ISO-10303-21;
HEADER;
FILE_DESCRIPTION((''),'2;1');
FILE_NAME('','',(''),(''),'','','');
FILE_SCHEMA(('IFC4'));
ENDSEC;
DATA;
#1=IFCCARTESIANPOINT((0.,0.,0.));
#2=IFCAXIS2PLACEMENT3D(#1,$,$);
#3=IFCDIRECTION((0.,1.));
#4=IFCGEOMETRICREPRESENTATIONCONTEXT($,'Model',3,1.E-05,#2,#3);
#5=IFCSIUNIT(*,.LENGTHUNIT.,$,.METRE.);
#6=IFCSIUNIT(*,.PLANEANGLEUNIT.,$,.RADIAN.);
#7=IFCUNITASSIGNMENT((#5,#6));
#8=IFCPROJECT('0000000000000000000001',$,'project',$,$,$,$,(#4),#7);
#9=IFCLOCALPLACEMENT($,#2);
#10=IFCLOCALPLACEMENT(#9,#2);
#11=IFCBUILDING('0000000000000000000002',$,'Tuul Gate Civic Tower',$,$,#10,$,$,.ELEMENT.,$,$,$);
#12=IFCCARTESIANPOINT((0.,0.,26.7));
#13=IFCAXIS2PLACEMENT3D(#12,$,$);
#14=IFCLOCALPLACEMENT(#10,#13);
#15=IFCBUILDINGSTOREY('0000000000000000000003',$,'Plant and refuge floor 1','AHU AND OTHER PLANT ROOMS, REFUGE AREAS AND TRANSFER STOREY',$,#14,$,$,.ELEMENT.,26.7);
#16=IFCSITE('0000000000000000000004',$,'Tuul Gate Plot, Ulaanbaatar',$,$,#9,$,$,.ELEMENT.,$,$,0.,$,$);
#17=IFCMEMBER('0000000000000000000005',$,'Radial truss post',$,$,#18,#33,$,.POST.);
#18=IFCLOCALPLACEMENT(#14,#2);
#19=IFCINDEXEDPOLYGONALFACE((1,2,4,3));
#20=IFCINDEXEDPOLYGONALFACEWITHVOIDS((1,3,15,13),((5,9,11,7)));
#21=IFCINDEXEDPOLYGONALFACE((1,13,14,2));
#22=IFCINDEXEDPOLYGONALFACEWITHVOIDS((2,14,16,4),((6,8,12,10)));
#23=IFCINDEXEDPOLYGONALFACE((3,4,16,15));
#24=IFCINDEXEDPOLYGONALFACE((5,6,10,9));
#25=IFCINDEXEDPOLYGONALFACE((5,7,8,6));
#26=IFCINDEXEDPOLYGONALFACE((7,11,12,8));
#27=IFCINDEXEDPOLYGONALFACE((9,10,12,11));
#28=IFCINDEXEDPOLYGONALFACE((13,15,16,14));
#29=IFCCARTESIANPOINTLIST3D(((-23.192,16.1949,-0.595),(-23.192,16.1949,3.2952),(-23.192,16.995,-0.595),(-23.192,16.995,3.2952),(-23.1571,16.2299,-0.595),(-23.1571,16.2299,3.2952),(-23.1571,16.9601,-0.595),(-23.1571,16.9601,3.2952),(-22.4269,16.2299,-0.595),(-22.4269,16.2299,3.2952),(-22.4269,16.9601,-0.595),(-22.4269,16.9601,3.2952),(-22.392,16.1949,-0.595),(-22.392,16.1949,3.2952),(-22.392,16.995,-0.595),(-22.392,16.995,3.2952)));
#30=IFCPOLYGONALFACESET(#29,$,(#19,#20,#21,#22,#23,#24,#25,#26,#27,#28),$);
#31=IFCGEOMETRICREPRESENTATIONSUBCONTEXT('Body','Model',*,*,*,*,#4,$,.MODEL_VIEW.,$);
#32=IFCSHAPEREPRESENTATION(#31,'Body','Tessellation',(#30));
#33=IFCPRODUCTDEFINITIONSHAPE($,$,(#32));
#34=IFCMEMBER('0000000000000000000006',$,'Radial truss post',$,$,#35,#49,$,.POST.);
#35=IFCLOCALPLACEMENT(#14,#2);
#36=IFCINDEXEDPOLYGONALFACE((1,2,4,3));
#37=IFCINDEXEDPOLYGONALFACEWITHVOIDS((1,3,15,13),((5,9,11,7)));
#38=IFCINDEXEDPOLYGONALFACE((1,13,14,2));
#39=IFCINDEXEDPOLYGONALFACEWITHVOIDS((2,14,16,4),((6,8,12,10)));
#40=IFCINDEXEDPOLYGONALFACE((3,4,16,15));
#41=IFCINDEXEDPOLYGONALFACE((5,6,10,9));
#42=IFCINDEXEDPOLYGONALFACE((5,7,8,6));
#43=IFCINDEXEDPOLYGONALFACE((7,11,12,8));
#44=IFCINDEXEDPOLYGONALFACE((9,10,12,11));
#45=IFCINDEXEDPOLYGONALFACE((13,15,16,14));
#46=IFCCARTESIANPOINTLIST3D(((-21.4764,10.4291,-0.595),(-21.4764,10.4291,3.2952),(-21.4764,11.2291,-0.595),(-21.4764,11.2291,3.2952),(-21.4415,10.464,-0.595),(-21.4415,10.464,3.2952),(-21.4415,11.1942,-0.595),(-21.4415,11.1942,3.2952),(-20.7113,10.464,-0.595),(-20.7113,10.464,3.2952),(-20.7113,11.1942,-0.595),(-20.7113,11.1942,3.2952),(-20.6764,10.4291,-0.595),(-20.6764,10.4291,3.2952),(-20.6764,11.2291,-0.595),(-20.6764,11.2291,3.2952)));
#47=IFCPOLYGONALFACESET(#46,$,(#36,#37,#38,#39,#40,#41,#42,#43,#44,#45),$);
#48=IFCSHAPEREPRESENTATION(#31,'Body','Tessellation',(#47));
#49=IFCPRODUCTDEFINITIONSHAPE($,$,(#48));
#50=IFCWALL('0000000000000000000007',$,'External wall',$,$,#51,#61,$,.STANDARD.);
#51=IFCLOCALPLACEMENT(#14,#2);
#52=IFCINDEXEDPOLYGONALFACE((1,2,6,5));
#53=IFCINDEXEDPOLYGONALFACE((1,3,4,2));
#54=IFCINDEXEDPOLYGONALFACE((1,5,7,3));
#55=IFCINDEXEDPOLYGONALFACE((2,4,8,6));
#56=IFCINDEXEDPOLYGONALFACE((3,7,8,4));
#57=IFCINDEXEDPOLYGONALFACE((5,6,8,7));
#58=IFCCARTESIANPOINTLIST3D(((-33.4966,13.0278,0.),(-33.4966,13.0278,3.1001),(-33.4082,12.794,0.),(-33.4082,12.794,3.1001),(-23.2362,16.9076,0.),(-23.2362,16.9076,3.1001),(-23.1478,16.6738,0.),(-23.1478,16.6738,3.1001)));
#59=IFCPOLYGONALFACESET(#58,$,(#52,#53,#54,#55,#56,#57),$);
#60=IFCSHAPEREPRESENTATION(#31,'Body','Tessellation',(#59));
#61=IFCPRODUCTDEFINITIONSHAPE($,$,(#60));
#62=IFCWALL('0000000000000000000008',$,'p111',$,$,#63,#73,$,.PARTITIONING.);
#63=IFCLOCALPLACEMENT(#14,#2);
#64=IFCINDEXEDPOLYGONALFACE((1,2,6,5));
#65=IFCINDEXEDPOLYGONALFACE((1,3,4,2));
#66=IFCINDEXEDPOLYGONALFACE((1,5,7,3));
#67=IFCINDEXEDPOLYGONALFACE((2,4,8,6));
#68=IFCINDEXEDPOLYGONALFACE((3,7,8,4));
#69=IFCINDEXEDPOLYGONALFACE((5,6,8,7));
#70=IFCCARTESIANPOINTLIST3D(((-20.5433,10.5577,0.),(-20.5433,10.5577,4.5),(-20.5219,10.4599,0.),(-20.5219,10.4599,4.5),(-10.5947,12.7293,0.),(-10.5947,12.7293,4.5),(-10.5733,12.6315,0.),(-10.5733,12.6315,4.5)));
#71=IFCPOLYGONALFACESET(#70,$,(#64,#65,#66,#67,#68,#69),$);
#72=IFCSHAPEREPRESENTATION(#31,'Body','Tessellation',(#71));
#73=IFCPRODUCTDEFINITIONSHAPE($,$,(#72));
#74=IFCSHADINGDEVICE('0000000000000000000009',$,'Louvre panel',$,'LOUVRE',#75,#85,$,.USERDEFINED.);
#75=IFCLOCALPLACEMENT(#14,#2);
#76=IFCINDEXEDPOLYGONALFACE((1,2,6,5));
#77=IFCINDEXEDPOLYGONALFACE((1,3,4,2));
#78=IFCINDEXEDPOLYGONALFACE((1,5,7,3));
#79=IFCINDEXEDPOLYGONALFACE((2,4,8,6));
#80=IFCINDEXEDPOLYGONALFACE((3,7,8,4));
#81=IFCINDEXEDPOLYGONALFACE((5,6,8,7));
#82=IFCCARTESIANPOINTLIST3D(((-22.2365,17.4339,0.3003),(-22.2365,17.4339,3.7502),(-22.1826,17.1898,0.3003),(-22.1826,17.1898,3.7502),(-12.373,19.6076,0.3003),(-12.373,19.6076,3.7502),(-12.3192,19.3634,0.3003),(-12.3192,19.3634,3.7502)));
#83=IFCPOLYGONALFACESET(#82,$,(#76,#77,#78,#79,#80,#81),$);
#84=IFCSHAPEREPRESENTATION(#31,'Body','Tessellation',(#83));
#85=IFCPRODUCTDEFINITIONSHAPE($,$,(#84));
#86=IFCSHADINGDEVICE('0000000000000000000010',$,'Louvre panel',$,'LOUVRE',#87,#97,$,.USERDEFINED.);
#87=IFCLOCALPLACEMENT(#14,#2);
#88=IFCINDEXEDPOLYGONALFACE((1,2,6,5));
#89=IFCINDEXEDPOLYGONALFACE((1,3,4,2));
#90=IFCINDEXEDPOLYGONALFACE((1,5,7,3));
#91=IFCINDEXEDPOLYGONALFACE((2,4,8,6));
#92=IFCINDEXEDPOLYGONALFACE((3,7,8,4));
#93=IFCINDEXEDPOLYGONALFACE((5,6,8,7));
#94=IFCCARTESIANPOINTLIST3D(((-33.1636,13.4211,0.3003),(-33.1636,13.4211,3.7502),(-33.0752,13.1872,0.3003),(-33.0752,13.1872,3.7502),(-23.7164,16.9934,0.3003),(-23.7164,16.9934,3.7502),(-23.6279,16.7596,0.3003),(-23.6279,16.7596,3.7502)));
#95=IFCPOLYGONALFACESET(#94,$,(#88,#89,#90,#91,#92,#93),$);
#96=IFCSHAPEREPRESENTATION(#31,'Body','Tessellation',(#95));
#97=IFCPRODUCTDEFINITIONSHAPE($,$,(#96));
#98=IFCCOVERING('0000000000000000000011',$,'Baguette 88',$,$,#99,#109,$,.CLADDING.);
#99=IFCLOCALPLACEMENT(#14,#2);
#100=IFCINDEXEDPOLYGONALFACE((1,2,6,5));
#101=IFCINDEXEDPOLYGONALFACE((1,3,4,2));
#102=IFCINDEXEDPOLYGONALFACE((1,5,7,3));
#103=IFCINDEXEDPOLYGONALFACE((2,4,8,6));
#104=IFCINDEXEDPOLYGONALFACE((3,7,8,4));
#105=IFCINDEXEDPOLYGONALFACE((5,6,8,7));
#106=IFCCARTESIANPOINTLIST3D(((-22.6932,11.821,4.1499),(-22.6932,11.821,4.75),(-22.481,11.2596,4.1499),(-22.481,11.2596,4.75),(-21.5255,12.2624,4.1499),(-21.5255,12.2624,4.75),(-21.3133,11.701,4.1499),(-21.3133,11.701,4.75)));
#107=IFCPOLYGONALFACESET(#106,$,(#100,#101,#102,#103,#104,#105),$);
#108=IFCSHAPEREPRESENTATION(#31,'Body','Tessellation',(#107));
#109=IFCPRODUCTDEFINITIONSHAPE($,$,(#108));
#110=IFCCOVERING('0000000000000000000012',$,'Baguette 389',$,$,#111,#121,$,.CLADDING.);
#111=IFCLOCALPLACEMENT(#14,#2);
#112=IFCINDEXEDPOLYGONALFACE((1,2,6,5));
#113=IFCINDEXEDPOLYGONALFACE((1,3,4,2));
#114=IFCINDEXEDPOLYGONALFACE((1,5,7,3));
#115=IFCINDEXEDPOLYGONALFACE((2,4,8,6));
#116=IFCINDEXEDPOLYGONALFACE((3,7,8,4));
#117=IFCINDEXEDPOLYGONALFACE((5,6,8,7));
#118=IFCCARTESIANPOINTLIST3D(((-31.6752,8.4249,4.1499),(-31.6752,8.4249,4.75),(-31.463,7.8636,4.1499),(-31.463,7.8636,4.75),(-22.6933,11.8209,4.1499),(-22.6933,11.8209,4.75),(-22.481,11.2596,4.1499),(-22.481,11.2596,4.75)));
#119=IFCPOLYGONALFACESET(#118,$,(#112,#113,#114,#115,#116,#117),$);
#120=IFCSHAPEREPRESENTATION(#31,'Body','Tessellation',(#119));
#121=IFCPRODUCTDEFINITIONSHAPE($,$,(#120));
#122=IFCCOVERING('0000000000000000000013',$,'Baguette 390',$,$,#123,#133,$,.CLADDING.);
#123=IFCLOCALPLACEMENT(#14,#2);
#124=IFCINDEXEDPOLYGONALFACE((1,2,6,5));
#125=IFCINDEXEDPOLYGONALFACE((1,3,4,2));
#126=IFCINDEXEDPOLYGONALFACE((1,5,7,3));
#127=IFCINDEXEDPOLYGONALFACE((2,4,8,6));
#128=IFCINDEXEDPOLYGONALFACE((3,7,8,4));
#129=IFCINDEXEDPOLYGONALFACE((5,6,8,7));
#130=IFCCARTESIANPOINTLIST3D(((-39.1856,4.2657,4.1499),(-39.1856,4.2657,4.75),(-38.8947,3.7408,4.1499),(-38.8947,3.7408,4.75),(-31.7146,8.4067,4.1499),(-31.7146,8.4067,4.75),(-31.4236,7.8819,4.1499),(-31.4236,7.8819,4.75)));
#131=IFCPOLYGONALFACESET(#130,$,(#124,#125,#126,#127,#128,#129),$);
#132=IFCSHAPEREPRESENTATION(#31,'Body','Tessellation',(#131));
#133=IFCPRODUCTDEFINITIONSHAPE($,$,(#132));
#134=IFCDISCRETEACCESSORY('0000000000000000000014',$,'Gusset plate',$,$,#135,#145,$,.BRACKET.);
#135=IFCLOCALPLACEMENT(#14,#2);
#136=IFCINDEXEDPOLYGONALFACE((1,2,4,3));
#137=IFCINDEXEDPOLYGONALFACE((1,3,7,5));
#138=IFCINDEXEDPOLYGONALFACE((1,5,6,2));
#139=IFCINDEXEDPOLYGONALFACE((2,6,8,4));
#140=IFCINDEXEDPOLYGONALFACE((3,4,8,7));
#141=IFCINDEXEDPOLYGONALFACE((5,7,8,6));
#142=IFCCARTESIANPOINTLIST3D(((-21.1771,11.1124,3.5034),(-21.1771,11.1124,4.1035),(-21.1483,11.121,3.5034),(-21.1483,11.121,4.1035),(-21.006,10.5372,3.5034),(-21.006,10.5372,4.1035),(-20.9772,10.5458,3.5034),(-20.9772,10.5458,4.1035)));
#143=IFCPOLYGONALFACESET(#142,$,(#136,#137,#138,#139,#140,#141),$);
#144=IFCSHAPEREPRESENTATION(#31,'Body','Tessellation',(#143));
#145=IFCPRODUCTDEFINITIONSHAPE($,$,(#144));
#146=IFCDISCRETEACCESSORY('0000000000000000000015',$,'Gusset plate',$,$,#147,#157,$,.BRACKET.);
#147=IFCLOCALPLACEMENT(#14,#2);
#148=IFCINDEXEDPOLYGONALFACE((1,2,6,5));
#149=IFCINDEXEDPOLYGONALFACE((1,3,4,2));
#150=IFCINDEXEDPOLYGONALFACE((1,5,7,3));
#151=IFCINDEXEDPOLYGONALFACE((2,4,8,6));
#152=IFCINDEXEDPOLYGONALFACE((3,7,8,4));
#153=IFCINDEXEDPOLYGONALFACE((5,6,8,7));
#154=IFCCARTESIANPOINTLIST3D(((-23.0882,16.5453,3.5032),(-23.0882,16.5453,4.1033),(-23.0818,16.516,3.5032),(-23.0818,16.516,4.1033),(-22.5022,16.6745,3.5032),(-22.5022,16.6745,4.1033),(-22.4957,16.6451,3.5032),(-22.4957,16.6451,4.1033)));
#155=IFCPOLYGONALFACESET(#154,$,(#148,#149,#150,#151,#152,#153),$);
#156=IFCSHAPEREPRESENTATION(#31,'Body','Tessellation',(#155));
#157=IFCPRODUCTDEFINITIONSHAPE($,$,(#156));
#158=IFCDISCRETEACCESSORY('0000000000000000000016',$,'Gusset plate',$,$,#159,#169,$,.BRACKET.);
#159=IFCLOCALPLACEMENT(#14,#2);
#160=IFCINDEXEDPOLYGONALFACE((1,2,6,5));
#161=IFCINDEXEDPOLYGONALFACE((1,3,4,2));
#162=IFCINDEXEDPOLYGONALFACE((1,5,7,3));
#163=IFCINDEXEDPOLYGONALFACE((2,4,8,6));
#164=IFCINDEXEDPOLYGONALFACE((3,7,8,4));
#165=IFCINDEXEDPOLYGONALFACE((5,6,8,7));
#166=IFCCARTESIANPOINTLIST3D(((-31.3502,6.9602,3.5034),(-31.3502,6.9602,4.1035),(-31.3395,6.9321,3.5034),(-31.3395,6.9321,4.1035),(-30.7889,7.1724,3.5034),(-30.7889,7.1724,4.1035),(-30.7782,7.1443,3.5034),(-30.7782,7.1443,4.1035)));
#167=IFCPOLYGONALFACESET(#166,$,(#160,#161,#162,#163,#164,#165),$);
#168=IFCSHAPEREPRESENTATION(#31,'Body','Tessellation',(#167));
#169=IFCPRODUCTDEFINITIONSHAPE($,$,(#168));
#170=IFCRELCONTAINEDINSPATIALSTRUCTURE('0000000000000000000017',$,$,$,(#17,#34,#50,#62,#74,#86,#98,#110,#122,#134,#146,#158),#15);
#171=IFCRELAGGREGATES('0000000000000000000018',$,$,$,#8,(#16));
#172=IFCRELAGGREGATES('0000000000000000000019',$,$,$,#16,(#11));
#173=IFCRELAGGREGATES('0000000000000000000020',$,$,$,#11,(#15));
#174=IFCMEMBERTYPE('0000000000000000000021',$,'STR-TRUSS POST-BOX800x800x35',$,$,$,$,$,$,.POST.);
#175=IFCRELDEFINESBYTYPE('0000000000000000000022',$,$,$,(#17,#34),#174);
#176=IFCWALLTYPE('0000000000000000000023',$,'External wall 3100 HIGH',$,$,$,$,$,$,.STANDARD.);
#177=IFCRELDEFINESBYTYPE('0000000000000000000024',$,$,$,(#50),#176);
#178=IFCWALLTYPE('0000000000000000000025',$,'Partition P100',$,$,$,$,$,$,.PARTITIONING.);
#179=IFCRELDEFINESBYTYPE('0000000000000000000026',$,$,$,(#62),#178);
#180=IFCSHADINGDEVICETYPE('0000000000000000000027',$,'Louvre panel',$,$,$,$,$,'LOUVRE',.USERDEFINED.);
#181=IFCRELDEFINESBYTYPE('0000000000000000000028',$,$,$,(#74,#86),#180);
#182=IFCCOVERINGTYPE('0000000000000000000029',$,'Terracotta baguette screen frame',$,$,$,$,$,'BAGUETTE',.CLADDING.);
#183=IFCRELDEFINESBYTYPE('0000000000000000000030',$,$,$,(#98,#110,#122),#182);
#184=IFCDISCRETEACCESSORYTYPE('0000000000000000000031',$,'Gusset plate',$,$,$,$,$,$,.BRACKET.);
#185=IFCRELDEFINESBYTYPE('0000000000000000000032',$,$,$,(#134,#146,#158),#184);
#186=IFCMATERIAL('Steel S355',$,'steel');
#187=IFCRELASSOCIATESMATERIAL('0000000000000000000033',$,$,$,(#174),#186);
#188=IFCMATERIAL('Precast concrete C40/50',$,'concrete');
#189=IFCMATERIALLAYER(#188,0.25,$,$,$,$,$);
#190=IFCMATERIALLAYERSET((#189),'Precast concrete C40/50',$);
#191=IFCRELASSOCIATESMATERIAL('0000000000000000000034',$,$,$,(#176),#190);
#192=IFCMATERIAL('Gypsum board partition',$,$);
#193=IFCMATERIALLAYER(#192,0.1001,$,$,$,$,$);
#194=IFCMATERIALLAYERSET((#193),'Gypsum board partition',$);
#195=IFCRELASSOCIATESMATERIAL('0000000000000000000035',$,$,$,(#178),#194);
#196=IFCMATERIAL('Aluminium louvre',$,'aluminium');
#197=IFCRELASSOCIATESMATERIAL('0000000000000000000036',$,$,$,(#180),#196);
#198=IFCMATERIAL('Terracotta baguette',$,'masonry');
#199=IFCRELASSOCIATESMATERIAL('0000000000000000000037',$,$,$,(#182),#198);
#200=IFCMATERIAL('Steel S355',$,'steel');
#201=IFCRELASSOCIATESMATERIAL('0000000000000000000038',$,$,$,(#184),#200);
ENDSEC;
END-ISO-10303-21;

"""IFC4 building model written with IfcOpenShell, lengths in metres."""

from ifc_helpers import new_model, si_unit, direction, frame, frame_2d, origin, origin_2d, place, context, subcontext, project, spatial, rectangle, hollow_rectangle, extrude, material, layer, layer_set, material_profile, profile_set, type_object, element, save


model = new_model("IFC4")

# Units and contexts
model_context = context("Model", 3, precision=1e-05, world=origin(), true_north=direction((0.0, 1.0)))
body_context = subcontext(model_context, "Body", "Model", "MODEL_VIEW")
ifc_project = project(units=[si_unit("LENGTHUNIT", "METRE"), si_unit("PLANEANGLEUNIT", "RADIAN")], contexts=[model_context])

# Site, building, storey
site_placement = place(None, origin())
site = spatial("IfcSite", under=ifc_project, at=site_placement, Name="Tuul Gate Plot, Ulaanbaatar", CompositionType="ELEMENT", RefElevation=0.0)
building_placement = place(site_placement, origin())
building = spatial("IfcBuilding", under=site, at=building_placement, Name="Tuul Gate Civic Tower", CompositionType="ELEMENT")
storey_placement = place(building_placement, frame((0.0, 0.0, 26.7)))
storey = spatial("IfcBuildingStorey", under=building, at=storey_placement, Name="Plant and refuge floor 1", Description="AHU AND OTHER PLANT ROOMS, REFUGE AREAS AND TRANSFER STOREY", CompositionType="ELEMENT", Elevation=26.7)

# Members
ifc_material_1 = material(Name="Steel S355", Category="steel")
ifc_material_profile_1 = material_profile(ifc_material_1, hollow_rectangle(XDim=0.8, YDim=0.8, WallThickness=0.0349, at=origin_2d()), Name="BOX800x800x35")
ifc_profile_set_1 = profile_set([ifc_material_profile_1], Name="Steel S355")
member_type_1 = type_object("IfcMemberType", Name="STR-TRUSS POST-BOX800x800x35", PredefinedType="POST", material=ifc_profile_set_1)
for number, where, z_axis, x_axis, name in (
    (1, (-22.792, 16.595, -0.595), (0.0, 0.0, 1.0), (1.0, 0.0, 0.0), "Radial truss post"),
    (2, (-21.0764, 10.8291, -0.595), (0.0, 0.0, 1.0), (1.0, 0.0, 0.0), "Radial truss post"),
):
    element("IfcMember", number, at=place(storey_placement, frame(where, z_axis=z_axis, x_axis=x_axis)), inside=storey, type_object=member_type_1, Name=name, PredefinedType="POST", context=body_context, shape_type="SweptSolid", body=[
        extrude(hollow_rectangle(XDim=0.8, YDim=0.8, WallThickness=0.0349, at=origin_2d()), origin(), (0.0, 0.0, 1.0), 3.8901),
    ])

# Walls
ifc_material_2 = material(Name="Precast concrete C40/50", Category="concrete")
ifc_layer_1 = layer(ifc_material_2, 0.25)
ifc_layer_set_1 = layer_set([ifc_layer_1], Name="Precast concrete C40/50")
wall_type_1 = type_object("IfcWallType", Name="External wall 3100 HIGH", PredefinedType="STANDARD", material=ifc_layer_set_1)
wall_1_placement = place(storey_placement, frame((-23.1919, 16.7908, 0.0), z_axis=(0.0, 0.0, 1.0), x_axis=(-0.935361, -0.353695, 0.0)))
element("IfcWall", 3, at=wall_1_placement, inside=storey, type_object=wall_type_1, Name="External wall", PredefinedType="STANDARD", context=body_context, shape_type="SweptSolid", body=[
    extrude(rectangle(XDim=10.9695, YDim=0.25, at=frame_2d((5.4849, 0.0))), origin(), (0.0, 0.0, 1.0), 3.1001),
])
ifc_material_3 = material(Name="Gypsum board partition")
ifc_layer_2 = layer(ifc_material_3, 0.1001)
ifc_layer_set_2 = layer_set([ifc_layer_2], Name="Gypsum board partition")
wall_type_2 = type_object("IfcWallType", Name="Partition P100", PredefinedType="PARTITIONING", material=ifc_layer_set_2)
wall_2_placement = place(storey_placement, frame((-20.5325, 10.5088, 0.0), z_axis=(0.0, 0.0, 1.0), x_axis=(0.976994, 0.213266, 0.0)))
element("IfcWall", 4, at=wall_2_placement, inside=storey, type_object=wall_type_2, Name="p111", PredefinedType="PARTITIONING", context=body_context, shape_type="SweptSolid", body=[
    extrude(rectangle(XDim=10.1829, YDim=0.1001, at=frame_2d((5.0913, 0.0))), origin(), (0.0, 0.0, 1.0), 4.5),
])

# Shading devices
ifc_material_4 = material(Name="Aluminium louvre", Category="aluminium")
shading_device_type = type_object("IfcShadingDeviceType", Name="Louvre panel", ElementType="LOUVRE", PredefinedType="USERDEFINED", material=ifc_material_4)
for number, where, z_axis, x_axis, name in (
    (5, (-17.2778, 18.3987, 0.3003), (0.0, 0.0, 1.0), (-0.215207, 0.976569, 0.0), "Louvre panel"),
    (6, (-28.3958, 15.0903, 0.3003), (0.0, 0.0, 1.0), (-0.353699, 0.935359, 0.0), "Louvre panel"),
):
    element("IfcShadingDevice", number, at=place(storey_placement, frame(where, z_axis=z_axis, x_axis=x_axis)), inside=storey, type_object=shading_device_type, Name=name, ObjectType="LOUVRE", PredefinedType="USERDEFINED", context=body_context, shape_type="SweptSolid", body=[
        extrude(rectangle(XDim=0.25, YDim=10.1001, at=origin_2d()), origin(), (0.0, 0.0, 1.0), 3.45),
    ])

# Coverings
ifc_material_5 = material(Name="Terracotta baguette", Category="masonry")
ifc_material_profile_2 = material_profile(ifc_material_5, rectangle(XDim=0.6001, YDim=0.6001, at=origin_2d()), Name="Terracotta baguette screen frame")
ifc_profile_set_2 = profile_set([ifc_material_profile_2], Name="Terracotta baguette")
covering_type = type_object("IfcCoveringType", Name="Terracotta baguette screen frame", ElementType="BAGUETTE", PredefinedType="CLADDING", material=ifc_profile_set_2)
covering_1_placement = place(storey_placement, frame((-21.4194, 11.9817, 4.45), z_axis=(-0.935402, -0.353587, 0.0), x_axis=(0.353587, -0.935402, 0.0)))
element("IfcCovering", 7, at=covering_1_placement, inside=storey, type_object=covering_type, Name="Baguette 88", PredefinedType="CLADDING", context=body_context, shape_type="SweptSolid", body=[
    extrude(rectangle(XDim=0.6001, YDim=0.6001, at=origin_2d()), origin(), (0.0, 0.0, 1.0), 1.2483),
])
covering_2_placement = place(storey_placement, frame((-22.5872, 11.5403, 4.45), z_axis=(-0.935375, -0.353658, 0.0), x_axis=(0.353658, -0.935375, 0.0)))
element("IfcCovering", 8, at=covering_2_placement, inside=storey, type_object=covering_type, Name="Baguette 389", PredefinedType="CLADDING", context=body_context, shape_type="SweptSolid", body=[
    extrude(rectangle(XDim=0.6001, YDim=0.6001, at=origin_2d()), origin(), (0.0, 0.0, 1.0), 9.6025),
])
covering_3_placement = place(storey_placement, frame((-31.5691, 8.1443, 4.45), z_axis=(-0.874631, -0.484789, 0.0), x_axis=(0.484789, -0.874631, 0.0)))
element("IfcCovering", 9, at=covering_3_placement, inside=storey, type_object=covering_type, Name="Baguette 390", PredefinedType="CLADDING", context=body_context, shape_type="SweptSolid", body=[
    extrude(rectangle(XDim=0.6001, YDim=0.6001, at=origin_2d()), origin(), (0.0, 0.0, 1.0), 8.542),
])

# Discrete accessories
ifc_material_6 = material(Name="Steel S355", Category="steel")
discrete_accessory_type = type_object("IfcDiscreteAccessoryType", Name="Gusset plate", PredefinedType="BRACKET", material=ifc_material_6)
for number, where, z_axis, x_axis, name in (
    (10, (-21.0771, 10.8291, 3.5034), (0.0, 0.0, 1.0), (-0.285196, 0.958469, 0.0), "Gusset plate"),
    (11, (-22.792, 16.5952, 3.5032), (0.0, 0.0, 1.0), (0.976567, 0.215215, 0.0), "Gusset plate"),
    (12, (-31.0642, 7.0522, 3.5034), (0.0, 0.0, 1.0), (0.935344, 0.353739, 0.0), "Gusset plate"),
):
    element("IfcDiscreteAccessory", number, at=place(storey_placement, frame(where, z_axis=z_axis, x_axis=x_axis)), inside=storey, type_object=discrete_accessory_type, Name=name, PredefinedType="BRACKET", context=body_context, shape_type="SweptSolid", body=[
        extrude(rectangle(XDim=0.6001, YDim=0.03, at=origin_2d()), origin(), (0.0, 0.0, 1.0), 0.6001),
    ])

save(model, "model.ifc")
